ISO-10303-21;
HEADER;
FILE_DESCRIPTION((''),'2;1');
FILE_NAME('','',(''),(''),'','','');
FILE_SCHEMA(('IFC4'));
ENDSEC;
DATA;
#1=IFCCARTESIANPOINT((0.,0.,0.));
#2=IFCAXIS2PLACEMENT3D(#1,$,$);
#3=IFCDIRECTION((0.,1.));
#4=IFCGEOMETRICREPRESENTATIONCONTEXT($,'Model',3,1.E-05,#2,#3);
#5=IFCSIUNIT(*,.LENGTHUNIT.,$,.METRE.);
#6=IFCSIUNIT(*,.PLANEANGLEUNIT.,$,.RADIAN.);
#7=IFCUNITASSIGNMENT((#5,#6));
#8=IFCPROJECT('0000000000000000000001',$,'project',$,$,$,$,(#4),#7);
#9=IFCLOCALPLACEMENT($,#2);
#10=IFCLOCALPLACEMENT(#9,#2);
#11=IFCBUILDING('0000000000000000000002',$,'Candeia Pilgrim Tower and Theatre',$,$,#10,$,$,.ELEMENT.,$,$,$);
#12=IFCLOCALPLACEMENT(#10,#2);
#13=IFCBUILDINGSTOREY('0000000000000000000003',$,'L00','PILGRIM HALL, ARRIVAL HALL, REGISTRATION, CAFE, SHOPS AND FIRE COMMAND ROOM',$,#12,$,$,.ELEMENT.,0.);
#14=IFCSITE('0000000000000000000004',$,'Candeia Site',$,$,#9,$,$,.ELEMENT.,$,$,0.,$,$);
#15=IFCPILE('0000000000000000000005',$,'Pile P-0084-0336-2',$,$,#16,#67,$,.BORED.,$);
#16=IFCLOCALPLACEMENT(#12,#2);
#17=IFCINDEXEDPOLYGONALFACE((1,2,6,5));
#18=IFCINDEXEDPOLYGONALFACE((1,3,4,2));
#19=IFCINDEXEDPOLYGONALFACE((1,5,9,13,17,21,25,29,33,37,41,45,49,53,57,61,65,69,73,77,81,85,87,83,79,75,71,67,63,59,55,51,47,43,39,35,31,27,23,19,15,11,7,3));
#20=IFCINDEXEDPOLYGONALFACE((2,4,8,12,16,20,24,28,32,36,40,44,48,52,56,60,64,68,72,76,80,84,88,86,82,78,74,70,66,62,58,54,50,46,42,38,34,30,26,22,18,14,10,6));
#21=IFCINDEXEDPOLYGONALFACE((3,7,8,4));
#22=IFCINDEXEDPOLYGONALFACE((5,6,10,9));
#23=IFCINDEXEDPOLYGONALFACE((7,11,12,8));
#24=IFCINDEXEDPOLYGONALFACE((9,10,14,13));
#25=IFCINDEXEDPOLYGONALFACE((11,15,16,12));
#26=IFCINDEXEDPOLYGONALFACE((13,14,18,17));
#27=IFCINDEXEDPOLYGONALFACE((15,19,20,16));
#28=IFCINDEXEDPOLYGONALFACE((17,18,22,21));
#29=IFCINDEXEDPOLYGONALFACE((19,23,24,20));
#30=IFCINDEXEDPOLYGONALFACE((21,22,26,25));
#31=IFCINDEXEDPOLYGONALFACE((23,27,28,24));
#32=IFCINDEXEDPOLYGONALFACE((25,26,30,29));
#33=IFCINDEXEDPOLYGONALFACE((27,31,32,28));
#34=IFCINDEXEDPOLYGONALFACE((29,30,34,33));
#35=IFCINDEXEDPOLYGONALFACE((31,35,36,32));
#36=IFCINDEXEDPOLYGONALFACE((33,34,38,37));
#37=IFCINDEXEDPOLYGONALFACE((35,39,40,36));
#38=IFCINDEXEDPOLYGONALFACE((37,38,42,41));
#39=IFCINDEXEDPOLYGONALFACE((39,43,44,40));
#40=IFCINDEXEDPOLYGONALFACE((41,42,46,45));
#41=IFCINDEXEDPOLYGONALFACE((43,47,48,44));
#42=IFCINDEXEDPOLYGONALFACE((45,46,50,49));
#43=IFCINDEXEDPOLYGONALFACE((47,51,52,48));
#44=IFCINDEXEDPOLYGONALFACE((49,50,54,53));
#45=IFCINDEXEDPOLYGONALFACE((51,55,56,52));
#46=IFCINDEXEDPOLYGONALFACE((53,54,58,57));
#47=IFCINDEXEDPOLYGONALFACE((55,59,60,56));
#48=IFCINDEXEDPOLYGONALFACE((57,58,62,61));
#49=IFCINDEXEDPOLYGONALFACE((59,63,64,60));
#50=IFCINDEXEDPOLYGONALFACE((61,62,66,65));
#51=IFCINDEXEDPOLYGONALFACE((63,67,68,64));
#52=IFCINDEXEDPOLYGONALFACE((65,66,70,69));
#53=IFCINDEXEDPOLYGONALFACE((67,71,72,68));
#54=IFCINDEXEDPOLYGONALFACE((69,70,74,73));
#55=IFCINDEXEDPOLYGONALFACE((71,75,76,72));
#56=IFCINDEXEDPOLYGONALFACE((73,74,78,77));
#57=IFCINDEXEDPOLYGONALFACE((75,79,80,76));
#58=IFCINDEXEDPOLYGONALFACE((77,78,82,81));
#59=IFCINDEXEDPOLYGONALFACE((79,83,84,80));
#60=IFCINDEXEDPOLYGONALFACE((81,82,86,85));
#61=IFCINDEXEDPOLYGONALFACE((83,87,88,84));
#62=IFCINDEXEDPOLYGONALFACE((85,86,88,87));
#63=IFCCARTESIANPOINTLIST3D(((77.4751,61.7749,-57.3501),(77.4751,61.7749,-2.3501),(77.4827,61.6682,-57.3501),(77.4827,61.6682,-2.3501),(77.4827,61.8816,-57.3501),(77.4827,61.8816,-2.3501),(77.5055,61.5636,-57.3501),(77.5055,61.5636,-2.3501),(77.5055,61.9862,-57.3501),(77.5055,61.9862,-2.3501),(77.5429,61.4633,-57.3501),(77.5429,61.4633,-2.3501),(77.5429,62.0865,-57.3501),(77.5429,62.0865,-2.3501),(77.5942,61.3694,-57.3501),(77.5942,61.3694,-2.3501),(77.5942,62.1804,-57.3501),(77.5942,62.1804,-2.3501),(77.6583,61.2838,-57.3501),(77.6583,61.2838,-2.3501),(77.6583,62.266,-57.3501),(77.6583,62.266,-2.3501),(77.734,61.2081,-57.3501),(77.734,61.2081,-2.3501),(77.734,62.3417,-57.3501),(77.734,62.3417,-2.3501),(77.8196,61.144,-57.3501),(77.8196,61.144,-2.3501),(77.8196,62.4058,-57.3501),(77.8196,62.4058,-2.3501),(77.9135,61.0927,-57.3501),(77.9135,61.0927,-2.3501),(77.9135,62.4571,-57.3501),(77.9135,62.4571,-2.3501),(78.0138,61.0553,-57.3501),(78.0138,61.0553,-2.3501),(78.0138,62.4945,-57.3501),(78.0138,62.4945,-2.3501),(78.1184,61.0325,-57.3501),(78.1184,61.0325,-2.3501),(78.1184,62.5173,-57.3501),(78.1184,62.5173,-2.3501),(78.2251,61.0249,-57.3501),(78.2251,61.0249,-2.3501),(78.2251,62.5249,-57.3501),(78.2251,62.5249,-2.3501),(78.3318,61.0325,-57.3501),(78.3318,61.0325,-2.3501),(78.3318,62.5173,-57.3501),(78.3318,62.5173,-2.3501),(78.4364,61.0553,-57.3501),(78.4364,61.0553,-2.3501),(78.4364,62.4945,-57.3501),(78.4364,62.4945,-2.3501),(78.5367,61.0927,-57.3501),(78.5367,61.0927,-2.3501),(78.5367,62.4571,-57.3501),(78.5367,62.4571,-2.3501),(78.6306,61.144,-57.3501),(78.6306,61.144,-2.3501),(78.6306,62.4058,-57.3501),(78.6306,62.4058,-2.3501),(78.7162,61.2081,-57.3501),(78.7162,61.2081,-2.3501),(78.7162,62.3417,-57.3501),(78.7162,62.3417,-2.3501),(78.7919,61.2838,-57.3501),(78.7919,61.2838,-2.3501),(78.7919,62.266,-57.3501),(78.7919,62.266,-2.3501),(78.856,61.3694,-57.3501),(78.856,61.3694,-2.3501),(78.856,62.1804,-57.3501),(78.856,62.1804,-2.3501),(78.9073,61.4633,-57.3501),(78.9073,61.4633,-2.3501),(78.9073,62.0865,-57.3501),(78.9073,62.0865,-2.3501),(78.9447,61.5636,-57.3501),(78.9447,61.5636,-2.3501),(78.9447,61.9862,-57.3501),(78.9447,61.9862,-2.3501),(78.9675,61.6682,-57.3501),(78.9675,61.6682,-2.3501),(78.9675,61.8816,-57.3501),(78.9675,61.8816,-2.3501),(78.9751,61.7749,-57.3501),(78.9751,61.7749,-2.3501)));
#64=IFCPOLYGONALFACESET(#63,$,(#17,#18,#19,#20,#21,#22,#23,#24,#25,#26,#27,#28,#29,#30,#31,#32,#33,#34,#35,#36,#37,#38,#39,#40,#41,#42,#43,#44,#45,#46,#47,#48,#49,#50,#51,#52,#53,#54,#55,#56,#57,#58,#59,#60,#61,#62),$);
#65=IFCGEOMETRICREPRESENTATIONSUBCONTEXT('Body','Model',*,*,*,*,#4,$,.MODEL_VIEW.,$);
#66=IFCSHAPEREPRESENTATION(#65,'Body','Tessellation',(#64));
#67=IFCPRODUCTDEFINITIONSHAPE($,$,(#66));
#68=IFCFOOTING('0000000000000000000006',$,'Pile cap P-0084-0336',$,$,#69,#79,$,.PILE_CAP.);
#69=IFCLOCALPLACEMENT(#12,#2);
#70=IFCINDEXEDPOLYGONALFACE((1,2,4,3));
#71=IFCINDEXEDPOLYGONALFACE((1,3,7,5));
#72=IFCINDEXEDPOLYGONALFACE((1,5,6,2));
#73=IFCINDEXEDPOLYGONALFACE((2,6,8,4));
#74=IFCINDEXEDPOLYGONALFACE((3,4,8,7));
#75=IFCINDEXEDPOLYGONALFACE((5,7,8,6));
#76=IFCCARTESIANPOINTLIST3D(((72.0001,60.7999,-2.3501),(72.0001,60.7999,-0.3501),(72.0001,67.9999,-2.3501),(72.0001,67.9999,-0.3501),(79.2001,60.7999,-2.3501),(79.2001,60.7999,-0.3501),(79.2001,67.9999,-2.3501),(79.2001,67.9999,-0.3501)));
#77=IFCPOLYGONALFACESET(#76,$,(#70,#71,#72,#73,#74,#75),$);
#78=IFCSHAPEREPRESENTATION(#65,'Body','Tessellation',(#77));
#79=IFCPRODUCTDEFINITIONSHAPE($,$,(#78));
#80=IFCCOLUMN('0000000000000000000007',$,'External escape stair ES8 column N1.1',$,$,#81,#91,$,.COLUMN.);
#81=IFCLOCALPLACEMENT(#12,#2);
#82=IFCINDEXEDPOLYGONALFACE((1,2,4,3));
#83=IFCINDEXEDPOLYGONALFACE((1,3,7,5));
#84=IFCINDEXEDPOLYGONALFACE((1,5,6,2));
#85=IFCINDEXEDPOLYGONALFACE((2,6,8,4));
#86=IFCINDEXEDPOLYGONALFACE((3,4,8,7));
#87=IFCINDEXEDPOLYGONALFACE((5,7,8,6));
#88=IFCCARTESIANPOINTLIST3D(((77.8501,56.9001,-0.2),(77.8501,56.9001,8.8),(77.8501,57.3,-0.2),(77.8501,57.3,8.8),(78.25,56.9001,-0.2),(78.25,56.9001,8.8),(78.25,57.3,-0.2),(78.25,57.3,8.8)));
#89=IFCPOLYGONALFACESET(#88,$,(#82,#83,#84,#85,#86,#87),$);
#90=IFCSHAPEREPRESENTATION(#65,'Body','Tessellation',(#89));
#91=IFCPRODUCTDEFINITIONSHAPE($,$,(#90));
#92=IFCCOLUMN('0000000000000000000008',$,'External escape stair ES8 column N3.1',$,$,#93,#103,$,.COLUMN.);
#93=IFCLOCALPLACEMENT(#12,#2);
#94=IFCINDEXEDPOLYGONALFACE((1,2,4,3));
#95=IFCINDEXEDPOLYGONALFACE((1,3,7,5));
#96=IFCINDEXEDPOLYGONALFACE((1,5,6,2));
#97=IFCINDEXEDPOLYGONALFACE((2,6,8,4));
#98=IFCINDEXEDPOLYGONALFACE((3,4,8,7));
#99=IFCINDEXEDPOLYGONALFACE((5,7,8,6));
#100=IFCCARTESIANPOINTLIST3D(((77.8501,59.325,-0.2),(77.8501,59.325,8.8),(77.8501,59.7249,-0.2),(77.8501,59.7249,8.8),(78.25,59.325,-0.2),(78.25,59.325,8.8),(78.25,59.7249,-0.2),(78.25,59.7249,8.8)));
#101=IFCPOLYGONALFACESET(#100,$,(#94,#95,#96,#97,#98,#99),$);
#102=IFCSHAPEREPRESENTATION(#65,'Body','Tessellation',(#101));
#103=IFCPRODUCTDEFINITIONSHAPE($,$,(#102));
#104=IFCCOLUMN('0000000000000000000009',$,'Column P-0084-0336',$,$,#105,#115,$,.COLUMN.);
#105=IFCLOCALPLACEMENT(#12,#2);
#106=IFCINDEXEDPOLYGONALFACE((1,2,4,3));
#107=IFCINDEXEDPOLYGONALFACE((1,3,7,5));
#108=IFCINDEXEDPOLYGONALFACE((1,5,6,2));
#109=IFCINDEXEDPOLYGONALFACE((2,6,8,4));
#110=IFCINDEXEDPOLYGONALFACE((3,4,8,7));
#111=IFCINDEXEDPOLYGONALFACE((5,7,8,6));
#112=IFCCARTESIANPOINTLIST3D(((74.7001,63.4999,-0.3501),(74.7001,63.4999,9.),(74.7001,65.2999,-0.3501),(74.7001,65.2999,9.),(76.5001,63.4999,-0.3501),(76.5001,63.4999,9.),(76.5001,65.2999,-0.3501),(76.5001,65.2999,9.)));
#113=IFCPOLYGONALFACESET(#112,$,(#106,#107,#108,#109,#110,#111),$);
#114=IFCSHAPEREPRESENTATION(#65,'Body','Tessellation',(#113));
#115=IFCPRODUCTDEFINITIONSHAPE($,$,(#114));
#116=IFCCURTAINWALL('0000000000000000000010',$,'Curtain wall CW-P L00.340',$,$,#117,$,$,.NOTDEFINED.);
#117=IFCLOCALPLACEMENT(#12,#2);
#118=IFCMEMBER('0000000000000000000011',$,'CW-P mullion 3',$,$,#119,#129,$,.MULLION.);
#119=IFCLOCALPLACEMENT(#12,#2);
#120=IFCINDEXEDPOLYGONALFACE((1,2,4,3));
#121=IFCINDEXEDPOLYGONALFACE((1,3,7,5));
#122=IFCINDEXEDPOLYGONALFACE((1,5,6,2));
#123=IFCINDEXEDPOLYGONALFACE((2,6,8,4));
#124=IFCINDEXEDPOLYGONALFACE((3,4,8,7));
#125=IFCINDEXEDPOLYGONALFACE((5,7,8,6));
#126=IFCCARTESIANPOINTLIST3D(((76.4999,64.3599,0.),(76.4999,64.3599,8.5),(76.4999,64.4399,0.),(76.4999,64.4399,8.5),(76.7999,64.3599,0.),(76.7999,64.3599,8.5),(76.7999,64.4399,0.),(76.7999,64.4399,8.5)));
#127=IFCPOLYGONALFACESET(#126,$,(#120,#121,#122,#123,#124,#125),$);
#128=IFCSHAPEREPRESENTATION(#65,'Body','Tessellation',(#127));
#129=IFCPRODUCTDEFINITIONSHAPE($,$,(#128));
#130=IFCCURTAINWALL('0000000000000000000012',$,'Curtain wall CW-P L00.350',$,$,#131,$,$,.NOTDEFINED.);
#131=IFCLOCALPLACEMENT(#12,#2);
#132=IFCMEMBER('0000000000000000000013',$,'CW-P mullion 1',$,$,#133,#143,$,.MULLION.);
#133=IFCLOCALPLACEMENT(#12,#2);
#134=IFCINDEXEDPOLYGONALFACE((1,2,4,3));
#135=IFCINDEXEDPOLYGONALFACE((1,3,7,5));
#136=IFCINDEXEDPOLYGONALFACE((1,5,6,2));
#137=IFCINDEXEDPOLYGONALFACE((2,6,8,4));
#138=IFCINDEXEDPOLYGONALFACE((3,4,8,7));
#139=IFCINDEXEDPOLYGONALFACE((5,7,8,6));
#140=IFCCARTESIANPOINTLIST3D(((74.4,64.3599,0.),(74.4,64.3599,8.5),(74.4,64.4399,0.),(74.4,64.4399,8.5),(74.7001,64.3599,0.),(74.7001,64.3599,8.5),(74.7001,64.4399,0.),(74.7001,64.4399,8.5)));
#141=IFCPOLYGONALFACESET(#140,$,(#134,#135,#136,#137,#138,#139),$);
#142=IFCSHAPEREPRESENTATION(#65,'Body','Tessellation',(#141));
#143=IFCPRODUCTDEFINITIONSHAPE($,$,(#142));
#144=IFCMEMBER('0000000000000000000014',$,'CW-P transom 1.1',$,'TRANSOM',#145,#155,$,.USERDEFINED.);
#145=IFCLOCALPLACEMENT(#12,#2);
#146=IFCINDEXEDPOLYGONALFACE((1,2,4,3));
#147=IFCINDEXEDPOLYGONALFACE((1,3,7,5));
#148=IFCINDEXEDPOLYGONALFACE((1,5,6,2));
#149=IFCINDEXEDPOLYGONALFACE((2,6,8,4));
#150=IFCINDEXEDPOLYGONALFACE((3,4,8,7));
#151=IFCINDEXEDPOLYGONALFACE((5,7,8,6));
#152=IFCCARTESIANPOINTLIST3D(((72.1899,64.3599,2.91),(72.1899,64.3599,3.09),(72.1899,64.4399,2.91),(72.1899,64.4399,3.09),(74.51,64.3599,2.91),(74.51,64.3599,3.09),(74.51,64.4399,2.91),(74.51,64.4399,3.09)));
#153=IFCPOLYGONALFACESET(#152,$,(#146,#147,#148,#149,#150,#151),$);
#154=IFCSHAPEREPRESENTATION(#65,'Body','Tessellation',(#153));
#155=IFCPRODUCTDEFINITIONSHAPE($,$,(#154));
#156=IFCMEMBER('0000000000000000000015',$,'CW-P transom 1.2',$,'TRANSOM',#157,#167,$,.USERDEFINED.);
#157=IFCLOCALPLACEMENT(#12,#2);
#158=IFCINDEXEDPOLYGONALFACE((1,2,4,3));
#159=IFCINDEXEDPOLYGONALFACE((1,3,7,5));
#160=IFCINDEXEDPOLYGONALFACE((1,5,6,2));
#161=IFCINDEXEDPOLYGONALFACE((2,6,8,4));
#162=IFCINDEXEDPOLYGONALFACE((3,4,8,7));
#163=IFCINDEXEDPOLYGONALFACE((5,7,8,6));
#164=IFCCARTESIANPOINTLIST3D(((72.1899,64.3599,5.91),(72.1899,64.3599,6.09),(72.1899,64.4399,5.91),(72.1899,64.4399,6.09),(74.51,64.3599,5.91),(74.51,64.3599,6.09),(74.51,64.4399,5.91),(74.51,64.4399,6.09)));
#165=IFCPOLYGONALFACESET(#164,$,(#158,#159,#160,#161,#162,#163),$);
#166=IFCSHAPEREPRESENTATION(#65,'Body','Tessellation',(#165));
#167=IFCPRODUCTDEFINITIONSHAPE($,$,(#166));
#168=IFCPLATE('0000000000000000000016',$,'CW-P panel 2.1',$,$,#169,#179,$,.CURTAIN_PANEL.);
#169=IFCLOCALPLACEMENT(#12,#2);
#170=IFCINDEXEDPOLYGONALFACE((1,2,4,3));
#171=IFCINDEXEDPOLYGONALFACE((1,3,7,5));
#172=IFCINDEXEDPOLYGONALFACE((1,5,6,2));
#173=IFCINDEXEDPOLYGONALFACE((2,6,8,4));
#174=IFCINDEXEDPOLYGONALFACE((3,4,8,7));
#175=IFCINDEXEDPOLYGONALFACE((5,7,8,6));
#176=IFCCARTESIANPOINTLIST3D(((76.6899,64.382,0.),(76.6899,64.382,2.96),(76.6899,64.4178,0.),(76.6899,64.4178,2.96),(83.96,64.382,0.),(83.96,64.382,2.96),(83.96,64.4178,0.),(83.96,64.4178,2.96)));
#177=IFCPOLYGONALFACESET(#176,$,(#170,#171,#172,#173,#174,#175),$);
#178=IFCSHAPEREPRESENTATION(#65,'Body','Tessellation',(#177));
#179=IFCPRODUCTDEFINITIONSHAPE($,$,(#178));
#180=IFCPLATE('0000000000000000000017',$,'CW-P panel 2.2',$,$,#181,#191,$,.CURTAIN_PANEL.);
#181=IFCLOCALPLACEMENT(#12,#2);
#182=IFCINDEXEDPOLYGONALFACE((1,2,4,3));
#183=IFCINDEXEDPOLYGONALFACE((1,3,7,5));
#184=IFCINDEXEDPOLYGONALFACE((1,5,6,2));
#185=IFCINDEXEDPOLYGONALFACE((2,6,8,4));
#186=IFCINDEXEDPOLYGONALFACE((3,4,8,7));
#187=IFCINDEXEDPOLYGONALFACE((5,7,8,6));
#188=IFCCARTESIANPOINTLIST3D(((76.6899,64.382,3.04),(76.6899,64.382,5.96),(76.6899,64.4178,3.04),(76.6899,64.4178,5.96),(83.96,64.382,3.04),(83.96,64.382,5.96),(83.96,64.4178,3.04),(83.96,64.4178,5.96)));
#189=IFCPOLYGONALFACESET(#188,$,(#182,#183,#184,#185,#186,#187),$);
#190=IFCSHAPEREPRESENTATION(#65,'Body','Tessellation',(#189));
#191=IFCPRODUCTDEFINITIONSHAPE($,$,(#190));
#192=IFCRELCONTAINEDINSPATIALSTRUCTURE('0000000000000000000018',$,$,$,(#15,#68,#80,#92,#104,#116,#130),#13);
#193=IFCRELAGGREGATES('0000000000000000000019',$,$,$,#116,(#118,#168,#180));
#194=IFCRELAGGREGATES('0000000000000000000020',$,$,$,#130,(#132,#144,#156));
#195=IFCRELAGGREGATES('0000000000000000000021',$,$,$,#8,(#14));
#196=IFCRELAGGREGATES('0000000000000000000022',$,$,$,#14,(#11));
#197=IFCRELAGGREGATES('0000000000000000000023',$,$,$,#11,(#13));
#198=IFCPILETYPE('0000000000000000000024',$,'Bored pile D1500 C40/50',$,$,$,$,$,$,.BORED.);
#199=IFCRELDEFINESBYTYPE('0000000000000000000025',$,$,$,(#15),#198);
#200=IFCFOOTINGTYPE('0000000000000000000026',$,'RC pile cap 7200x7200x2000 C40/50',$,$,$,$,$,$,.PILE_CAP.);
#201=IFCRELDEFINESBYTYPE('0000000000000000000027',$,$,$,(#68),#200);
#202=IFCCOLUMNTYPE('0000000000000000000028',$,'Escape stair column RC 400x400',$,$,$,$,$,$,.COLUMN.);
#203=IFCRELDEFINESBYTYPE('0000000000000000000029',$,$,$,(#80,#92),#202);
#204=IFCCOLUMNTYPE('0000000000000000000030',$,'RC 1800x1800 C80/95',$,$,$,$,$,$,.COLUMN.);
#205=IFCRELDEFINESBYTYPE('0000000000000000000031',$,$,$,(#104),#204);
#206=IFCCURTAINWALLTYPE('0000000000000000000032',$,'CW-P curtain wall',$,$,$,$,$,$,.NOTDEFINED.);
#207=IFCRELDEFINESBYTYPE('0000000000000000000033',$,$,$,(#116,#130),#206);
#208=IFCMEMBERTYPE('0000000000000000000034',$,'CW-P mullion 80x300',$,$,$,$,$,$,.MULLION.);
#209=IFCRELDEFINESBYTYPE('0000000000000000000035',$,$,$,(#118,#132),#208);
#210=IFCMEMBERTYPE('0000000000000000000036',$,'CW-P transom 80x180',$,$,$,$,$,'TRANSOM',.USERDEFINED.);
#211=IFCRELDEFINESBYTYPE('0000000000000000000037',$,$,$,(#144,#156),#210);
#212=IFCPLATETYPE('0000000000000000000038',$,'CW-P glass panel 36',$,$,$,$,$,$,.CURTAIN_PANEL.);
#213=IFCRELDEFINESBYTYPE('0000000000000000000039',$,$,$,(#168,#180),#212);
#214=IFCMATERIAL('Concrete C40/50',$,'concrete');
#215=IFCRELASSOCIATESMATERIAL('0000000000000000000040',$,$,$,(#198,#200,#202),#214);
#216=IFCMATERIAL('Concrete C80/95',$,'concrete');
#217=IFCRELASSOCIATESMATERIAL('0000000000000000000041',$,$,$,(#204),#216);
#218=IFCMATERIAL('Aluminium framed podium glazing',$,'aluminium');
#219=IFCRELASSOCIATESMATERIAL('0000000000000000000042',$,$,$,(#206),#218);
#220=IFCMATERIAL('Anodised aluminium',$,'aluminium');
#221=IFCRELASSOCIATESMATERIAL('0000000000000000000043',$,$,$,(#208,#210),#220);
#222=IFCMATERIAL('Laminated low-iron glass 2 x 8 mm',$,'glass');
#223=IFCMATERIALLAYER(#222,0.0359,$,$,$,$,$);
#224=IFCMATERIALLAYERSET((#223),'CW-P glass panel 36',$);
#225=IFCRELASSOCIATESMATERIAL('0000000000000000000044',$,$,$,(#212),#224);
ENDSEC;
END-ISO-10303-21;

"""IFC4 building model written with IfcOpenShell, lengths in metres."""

from ifc_helpers import new_model, si_unit, direction, frame, origin, origin_2d, place, context, subcontext, project, spatial, rectangle, circle, extrude, material, layer, layer_set, material_profile, profile_set, type_object, element, aggregate, save


model = new_model("IFC4")

# Units and contexts
model_context = context("Model", 3, precision=1e-05, world=origin(), true_north=direction((0.0, 1.0)))
body_context = subcontext(model_context, "Body", "Model", "MODEL_VIEW")
ifc_project = project(units=[si_unit("LENGTHUNIT", "METRE"), si_unit("PLANEANGLEUNIT", "RADIAN")], contexts=[model_context])

# Site, building, storey
site_placement = place(None, origin())
site = spatial("IfcSite", under=ifc_project, at=site_placement, Name="Candeia Site", CompositionType="ELEMENT", RefElevation=0.0)
building_placement = place(site_placement, origin())
building = spatial("IfcBuilding", under=site, at=building_placement, Name="Candeia Pilgrim Tower and Theatre", CompositionType="ELEMENT")
storey_placement = place(building_placement, origin())
storey = spatial("IfcBuildingStorey", under=building, at=storey_placement, Name="L00", Description="PILGRIM HALL, ARRIVAL HALL, REGISTRATION, CAFE, SHOPS AND FIRE COMMAND ROOM", CompositionType="ELEMENT", Elevation=0.0)

# Pile
ifc_material_1 = material(Name="Concrete C40/50", Category="concrete")
ifc_material_profile_1 = material_profile(ifc_material_1, circle(Radius=0.75, at=origin_2d()))
ifc_profile_set_1 = profile_set([ifc_material_profile_1], Name="Concrete C40/50")
pile_type = type_object("IfcPileType", Name="Bored pile D1500 C40/50", PredefinedType="BORED", material=ifc_profile_set_1)
pile_placement = place(storey_placement, frame((78.2251, 61.7749, -2.3501), z_axis=(0.0, 0.0, -1.0), x_axis=(1.0, 0.0, 0.0)))
element("IfcPile", 1, at=pile_placement, inside=storey, type_object=pile_type, Name="Pile P-0084-0336-2", PredefinedType="BORED", context=body_context, shape_type="SweptSolid", body=[
    extrude(circle(Radius=0.75, at=origin_2d()), origin(), (0.0, 0.0, 1.0), 55.0),
])

# Footing
footing_type = type_object("IfcFootingType", Name="RC pile cap 7200x7200x2000 C40/50", PredefinedType="PILE_CAP", material=ifc_material_1)
footing_placement = place(storey_placement, frame((75.6001, 64.3999, -2.3501), z_axis=(0.0, 0.0, 1.0), x_axis=(1.0, 0.0, 0.0)))
element("IfcFooting", 2, at=footing_placement, inside=storey, type_object=footing_type, Name="Pile cap P-0084-0336", PredefinedType="PILE_CAP", context=body_context, shape_type="SweptSolid", body=[
    extrude(rectangle(XDim=7.2, YDim=7.2, at=origin_2d()), origin(), (0.0, 0.0, 1.0), 2.0),
])

# Columns
ifc_material_profile_2 = material_profile(ifc_material_1, rectangle(XDim=0.3999, YDim=0.3999, at=origin_2d()))
ifc_profile_set_2 = profile_set([ifc_material_profile_2], Name="Concrete C40/50")
column_type_1 = type_object("IfcColumnType", Name="Escape stair column RC 400x400", PredefinedType="COLUMN", material=ifc_profile_set_2)
for number, where, z_axis, x_axis, name in (
    (3, (78.05, 57.1001, -0.2), (0.0, 0.0, 1.0), (1.0, 0.0, 0.0), "External escape stair ES8 column N1.1"),
    (4, (78.05, 59.5249, -0.2), (0.0, 0.0, 1.0), (1.0, 0.0, 0.0), "External escape stair ES8 column N3.1"),
):
    element("IfcColumn", number, at=place(storey_placement, frame(where, z_axis=z_axis, x_axis=x_axis)), inside=storey, type_object=column_type_1, Name=name, PredefinedType="COLUMN", context=body_context, shape_type="SweptSolid", body=[
        extrude(rectangle(XDim=0.3999, YDim=0.3999, at=origin_2d()), origin(), (0.0, 0.0, 1.0), 9.0),
    ])
ifc_material_2 = material(Name="Concrete C80/95", Category="concrete")
ifc_material_profile_3 = material_profile(ifc_material_2, rectangle(XDim=1.8, YDim=1.8, at=origin_2d()))
ifc_profile_set_3 = profile_set([ifc_material_profile_3], Name="Concrete C80/95")
column_type_2 = type_object("IfcColumnType", Name="RC 1800x1800 C80/95", PredefinedType="COLUMN", material=ifc_profile_set_3)
column_placement = place(storey_placement, frame((75.6001, 64.3999, -0.3501), z_axis=(0.0, 0.0, 1.0), x_axis=(1.0, 0.0, 0.0)))
element("IfcColumn", 5, at=column_placement, inside=storey, type_object=column_type_2, Name="Column P-0084-0336", PredefinedType="COLUMN", context=body_context, shape_type="SweptSolid", body=[
    extrude(rectangle(XDim=1.8, YDim=1.8, at=origin_2d()), origin(), (0.0, 0.0, 1.0), 9.3501),
])

# Curtain wall, member
ifc_material_3 = material(Name="Aluminium framed podium glazing", Category="aluminium")
curtain_wall_type = type_object("IfcCurtainWallType", Name="CW-P curtain wall", PredefinedType="NOTDEFINED", material=ifc_material_3)
curtain_wall_1_placement = place(storey_placement, origin())
curtain_wall_1 = element("IfcCurtainWall", 6, at=curtain_wall_1_placement, inside=storey, type_object=curtain_wall_type, Name="Curtain wall CW-P L00.340", PredefinedType="NOTDEFINED")
ifc_material_4 = material(Name="Anodised aluminium", Category="aluminium")
ifc_material_profile_4 = material_profile(ifc_material_4, rectangle(XDim=0.0801, YDim=0.3, at=origin_2d()))
ifc_profile_set_4 = profile_set([ifc_material_profile_4], Name="Anodised aluminium")
member_type_1 = type_object("IfcMemberType", Name="CW-P mullion 80x300", PredefinedType="MULLION", material=ifc_profile_set_4)
member_1_placement = place(storey_placement, frame((76.6499, 64.3999, 0.0), z_axis=(0.0, 0.0, 1.0), x_axis=(0.0, -1.0, 0.0)))
member_1 = element("IfcMember", 7, at=member_1_placement, type_object=member_type_1, Name="CW-P mullion 3", PredefinedType="MULLION", context=body_context, shape_type="SweptSolid", body=[
    extrude(rectangle(XDim=0.0801, YDim=0.3, at=origin_2d()), origin(), (0.0, 0.0, 1.0), 8.5),
])

# Curtain wall, members
curtain_wall_2_placement = place(storey_placement, origin())
curtain_wall_2 = element("IfcCurtainWall", 8, at=curtain_wall_2_placement, inside=storey, type_object=curtain_wall_type, Name="Curtain wall CW-P L00.350", PredefinedType="NOTDEFINED")
member_2_placement = place(storey_placement, frame((74.55, 64.3999, 0.0), z_axis=(0.0, 0.0, 1.0), x_axis=(0.0, -1.0, 0.0)))
member_2 = element("IfcMember", 9, at=member_2_placement, type_object=member_type_1, Name="CW-P mullion 1", PredefinedType="MULLION", context=body_context, shape_type="SweptSolid", body=[
    extrude(rectangle(XDim=0.0801, YDim=0.3, at=origin_2d()), origin(), (0.0, 0.0, 1.0), 8.5),
])
ifc_material_profile_5 = material_profile(ifc_material_4, rectangle(XDim=0.0801, YDim=0.1799, at=origin_2d()))
ifc_profile_set_5 = profile_set([ifc_material_profile_5], Name="Anodised aluminium")
member_type_2 = type_object("IfcMemberType", Name="CW-P transom 80x180", ElementType="TRANSOM", PredefinedType="USERDEFINED", material=ifc_profile_set_5)
member_3_placement = place(storey_placement, frame((74.51, 64.3999, 3.0), z_axis=(-1.0, 0.0, 0.0), x_axis=(0.0, -1.0, 0.0)))
member_3 = element("IfcMember", 10, at=member_3_placement, type_object=member_type_2, Name="CW-P transom 1.1", ObjectType="TRANSOM", PredefinedType="USERDEFINED", context=body_context, shape_type="SweptSolid", body=[
    extrude(rectangle(XDim=0.0801, YDim=0.1799, at=origin_2d()), origin(), (0.0, 0.0, 1.0), 2.3201),
])
member_4_placement = place(storey_placement, frame((74.51, 64.3999, 6.0), z_axis=(-1.0, 0.0, 0.0), x_axis=(0.0, -1.0, 0.0)))
member_4 = element("IfcMember", 11, at=member_4_placement, type_object=member_type_2, Name="CW-P transom 1.2", ObjectType="TRANSOM", PredefinedType="USERDEFINED", context=body_context, shape_type="SweptSolid", body=[
    extrude(rectangle(XDim=0.0801, YDim=0.1799, at=origin_2d()), origin(), (0.0, 0.0, 1.0), 2.3201),
])

# Plates
ifc_material_5 = material(Name="Laminated low-iron glass 2 x 8 mm", Category="glass")
ifc_layer_1 = layer(ifc_material_5, 0.0359)
ifc_layer_set_1 = layer_set([ifc_layer_1], Name="CW-P glass panel 36")
plate_type = type_object("IfcPlateType", Name="CW-P glass panel 36", PredefinedType="CURTAIN_PANEL", material=ifc_layer_set_1)
plate_1_placement = place(storey_placement, frame((80.325, 64.3999, 0.0), z_axis=(0.0, 0.0, 1.0), x_axis=(-1.0, 0.0, 0.0)))
plate_1 = element("IfcPlate", 12, at=plate_1_placement, type_object=plate_type, Name="CW-P panel 2.1", PredefinedType="CURTAIN_PANEL", context=body_context, shape_type="SweptSolid", body=[
    extrude(rectangle(XDim=7.27, YDim=0.0359, at=origin_2d()), origin(), (0.0, 0.0, 1.0), 2.96),
])
plate_2_placement = place(storey_placement, frame((80.325, 64.3999, 3.04), z_axis=(0.0, 0.0, 1.0), x_axis=(-1.0, 0.0, 0.0)))
plate_2 = element("IfcPlate", 13, at=plate_2_placement, type_object=plate_type, Name="CW-P panel 2.2", PredefinedType="CURTAIN_PANEL", context=body_context, shape_type="SweptSolid", body=[
    extrude(rectangle(XDim=7.27, YDim=0.0359, at=origin_2d()), origin(), (0.0, 0.0, 1.0), 2.9199),
])
aggregate(curtain_wall_1, [member_1, plate_1, plate_2])
aggregate(curtain_wall_2, [member_2, member_3, member_4])

save(model, "model.ifc")
